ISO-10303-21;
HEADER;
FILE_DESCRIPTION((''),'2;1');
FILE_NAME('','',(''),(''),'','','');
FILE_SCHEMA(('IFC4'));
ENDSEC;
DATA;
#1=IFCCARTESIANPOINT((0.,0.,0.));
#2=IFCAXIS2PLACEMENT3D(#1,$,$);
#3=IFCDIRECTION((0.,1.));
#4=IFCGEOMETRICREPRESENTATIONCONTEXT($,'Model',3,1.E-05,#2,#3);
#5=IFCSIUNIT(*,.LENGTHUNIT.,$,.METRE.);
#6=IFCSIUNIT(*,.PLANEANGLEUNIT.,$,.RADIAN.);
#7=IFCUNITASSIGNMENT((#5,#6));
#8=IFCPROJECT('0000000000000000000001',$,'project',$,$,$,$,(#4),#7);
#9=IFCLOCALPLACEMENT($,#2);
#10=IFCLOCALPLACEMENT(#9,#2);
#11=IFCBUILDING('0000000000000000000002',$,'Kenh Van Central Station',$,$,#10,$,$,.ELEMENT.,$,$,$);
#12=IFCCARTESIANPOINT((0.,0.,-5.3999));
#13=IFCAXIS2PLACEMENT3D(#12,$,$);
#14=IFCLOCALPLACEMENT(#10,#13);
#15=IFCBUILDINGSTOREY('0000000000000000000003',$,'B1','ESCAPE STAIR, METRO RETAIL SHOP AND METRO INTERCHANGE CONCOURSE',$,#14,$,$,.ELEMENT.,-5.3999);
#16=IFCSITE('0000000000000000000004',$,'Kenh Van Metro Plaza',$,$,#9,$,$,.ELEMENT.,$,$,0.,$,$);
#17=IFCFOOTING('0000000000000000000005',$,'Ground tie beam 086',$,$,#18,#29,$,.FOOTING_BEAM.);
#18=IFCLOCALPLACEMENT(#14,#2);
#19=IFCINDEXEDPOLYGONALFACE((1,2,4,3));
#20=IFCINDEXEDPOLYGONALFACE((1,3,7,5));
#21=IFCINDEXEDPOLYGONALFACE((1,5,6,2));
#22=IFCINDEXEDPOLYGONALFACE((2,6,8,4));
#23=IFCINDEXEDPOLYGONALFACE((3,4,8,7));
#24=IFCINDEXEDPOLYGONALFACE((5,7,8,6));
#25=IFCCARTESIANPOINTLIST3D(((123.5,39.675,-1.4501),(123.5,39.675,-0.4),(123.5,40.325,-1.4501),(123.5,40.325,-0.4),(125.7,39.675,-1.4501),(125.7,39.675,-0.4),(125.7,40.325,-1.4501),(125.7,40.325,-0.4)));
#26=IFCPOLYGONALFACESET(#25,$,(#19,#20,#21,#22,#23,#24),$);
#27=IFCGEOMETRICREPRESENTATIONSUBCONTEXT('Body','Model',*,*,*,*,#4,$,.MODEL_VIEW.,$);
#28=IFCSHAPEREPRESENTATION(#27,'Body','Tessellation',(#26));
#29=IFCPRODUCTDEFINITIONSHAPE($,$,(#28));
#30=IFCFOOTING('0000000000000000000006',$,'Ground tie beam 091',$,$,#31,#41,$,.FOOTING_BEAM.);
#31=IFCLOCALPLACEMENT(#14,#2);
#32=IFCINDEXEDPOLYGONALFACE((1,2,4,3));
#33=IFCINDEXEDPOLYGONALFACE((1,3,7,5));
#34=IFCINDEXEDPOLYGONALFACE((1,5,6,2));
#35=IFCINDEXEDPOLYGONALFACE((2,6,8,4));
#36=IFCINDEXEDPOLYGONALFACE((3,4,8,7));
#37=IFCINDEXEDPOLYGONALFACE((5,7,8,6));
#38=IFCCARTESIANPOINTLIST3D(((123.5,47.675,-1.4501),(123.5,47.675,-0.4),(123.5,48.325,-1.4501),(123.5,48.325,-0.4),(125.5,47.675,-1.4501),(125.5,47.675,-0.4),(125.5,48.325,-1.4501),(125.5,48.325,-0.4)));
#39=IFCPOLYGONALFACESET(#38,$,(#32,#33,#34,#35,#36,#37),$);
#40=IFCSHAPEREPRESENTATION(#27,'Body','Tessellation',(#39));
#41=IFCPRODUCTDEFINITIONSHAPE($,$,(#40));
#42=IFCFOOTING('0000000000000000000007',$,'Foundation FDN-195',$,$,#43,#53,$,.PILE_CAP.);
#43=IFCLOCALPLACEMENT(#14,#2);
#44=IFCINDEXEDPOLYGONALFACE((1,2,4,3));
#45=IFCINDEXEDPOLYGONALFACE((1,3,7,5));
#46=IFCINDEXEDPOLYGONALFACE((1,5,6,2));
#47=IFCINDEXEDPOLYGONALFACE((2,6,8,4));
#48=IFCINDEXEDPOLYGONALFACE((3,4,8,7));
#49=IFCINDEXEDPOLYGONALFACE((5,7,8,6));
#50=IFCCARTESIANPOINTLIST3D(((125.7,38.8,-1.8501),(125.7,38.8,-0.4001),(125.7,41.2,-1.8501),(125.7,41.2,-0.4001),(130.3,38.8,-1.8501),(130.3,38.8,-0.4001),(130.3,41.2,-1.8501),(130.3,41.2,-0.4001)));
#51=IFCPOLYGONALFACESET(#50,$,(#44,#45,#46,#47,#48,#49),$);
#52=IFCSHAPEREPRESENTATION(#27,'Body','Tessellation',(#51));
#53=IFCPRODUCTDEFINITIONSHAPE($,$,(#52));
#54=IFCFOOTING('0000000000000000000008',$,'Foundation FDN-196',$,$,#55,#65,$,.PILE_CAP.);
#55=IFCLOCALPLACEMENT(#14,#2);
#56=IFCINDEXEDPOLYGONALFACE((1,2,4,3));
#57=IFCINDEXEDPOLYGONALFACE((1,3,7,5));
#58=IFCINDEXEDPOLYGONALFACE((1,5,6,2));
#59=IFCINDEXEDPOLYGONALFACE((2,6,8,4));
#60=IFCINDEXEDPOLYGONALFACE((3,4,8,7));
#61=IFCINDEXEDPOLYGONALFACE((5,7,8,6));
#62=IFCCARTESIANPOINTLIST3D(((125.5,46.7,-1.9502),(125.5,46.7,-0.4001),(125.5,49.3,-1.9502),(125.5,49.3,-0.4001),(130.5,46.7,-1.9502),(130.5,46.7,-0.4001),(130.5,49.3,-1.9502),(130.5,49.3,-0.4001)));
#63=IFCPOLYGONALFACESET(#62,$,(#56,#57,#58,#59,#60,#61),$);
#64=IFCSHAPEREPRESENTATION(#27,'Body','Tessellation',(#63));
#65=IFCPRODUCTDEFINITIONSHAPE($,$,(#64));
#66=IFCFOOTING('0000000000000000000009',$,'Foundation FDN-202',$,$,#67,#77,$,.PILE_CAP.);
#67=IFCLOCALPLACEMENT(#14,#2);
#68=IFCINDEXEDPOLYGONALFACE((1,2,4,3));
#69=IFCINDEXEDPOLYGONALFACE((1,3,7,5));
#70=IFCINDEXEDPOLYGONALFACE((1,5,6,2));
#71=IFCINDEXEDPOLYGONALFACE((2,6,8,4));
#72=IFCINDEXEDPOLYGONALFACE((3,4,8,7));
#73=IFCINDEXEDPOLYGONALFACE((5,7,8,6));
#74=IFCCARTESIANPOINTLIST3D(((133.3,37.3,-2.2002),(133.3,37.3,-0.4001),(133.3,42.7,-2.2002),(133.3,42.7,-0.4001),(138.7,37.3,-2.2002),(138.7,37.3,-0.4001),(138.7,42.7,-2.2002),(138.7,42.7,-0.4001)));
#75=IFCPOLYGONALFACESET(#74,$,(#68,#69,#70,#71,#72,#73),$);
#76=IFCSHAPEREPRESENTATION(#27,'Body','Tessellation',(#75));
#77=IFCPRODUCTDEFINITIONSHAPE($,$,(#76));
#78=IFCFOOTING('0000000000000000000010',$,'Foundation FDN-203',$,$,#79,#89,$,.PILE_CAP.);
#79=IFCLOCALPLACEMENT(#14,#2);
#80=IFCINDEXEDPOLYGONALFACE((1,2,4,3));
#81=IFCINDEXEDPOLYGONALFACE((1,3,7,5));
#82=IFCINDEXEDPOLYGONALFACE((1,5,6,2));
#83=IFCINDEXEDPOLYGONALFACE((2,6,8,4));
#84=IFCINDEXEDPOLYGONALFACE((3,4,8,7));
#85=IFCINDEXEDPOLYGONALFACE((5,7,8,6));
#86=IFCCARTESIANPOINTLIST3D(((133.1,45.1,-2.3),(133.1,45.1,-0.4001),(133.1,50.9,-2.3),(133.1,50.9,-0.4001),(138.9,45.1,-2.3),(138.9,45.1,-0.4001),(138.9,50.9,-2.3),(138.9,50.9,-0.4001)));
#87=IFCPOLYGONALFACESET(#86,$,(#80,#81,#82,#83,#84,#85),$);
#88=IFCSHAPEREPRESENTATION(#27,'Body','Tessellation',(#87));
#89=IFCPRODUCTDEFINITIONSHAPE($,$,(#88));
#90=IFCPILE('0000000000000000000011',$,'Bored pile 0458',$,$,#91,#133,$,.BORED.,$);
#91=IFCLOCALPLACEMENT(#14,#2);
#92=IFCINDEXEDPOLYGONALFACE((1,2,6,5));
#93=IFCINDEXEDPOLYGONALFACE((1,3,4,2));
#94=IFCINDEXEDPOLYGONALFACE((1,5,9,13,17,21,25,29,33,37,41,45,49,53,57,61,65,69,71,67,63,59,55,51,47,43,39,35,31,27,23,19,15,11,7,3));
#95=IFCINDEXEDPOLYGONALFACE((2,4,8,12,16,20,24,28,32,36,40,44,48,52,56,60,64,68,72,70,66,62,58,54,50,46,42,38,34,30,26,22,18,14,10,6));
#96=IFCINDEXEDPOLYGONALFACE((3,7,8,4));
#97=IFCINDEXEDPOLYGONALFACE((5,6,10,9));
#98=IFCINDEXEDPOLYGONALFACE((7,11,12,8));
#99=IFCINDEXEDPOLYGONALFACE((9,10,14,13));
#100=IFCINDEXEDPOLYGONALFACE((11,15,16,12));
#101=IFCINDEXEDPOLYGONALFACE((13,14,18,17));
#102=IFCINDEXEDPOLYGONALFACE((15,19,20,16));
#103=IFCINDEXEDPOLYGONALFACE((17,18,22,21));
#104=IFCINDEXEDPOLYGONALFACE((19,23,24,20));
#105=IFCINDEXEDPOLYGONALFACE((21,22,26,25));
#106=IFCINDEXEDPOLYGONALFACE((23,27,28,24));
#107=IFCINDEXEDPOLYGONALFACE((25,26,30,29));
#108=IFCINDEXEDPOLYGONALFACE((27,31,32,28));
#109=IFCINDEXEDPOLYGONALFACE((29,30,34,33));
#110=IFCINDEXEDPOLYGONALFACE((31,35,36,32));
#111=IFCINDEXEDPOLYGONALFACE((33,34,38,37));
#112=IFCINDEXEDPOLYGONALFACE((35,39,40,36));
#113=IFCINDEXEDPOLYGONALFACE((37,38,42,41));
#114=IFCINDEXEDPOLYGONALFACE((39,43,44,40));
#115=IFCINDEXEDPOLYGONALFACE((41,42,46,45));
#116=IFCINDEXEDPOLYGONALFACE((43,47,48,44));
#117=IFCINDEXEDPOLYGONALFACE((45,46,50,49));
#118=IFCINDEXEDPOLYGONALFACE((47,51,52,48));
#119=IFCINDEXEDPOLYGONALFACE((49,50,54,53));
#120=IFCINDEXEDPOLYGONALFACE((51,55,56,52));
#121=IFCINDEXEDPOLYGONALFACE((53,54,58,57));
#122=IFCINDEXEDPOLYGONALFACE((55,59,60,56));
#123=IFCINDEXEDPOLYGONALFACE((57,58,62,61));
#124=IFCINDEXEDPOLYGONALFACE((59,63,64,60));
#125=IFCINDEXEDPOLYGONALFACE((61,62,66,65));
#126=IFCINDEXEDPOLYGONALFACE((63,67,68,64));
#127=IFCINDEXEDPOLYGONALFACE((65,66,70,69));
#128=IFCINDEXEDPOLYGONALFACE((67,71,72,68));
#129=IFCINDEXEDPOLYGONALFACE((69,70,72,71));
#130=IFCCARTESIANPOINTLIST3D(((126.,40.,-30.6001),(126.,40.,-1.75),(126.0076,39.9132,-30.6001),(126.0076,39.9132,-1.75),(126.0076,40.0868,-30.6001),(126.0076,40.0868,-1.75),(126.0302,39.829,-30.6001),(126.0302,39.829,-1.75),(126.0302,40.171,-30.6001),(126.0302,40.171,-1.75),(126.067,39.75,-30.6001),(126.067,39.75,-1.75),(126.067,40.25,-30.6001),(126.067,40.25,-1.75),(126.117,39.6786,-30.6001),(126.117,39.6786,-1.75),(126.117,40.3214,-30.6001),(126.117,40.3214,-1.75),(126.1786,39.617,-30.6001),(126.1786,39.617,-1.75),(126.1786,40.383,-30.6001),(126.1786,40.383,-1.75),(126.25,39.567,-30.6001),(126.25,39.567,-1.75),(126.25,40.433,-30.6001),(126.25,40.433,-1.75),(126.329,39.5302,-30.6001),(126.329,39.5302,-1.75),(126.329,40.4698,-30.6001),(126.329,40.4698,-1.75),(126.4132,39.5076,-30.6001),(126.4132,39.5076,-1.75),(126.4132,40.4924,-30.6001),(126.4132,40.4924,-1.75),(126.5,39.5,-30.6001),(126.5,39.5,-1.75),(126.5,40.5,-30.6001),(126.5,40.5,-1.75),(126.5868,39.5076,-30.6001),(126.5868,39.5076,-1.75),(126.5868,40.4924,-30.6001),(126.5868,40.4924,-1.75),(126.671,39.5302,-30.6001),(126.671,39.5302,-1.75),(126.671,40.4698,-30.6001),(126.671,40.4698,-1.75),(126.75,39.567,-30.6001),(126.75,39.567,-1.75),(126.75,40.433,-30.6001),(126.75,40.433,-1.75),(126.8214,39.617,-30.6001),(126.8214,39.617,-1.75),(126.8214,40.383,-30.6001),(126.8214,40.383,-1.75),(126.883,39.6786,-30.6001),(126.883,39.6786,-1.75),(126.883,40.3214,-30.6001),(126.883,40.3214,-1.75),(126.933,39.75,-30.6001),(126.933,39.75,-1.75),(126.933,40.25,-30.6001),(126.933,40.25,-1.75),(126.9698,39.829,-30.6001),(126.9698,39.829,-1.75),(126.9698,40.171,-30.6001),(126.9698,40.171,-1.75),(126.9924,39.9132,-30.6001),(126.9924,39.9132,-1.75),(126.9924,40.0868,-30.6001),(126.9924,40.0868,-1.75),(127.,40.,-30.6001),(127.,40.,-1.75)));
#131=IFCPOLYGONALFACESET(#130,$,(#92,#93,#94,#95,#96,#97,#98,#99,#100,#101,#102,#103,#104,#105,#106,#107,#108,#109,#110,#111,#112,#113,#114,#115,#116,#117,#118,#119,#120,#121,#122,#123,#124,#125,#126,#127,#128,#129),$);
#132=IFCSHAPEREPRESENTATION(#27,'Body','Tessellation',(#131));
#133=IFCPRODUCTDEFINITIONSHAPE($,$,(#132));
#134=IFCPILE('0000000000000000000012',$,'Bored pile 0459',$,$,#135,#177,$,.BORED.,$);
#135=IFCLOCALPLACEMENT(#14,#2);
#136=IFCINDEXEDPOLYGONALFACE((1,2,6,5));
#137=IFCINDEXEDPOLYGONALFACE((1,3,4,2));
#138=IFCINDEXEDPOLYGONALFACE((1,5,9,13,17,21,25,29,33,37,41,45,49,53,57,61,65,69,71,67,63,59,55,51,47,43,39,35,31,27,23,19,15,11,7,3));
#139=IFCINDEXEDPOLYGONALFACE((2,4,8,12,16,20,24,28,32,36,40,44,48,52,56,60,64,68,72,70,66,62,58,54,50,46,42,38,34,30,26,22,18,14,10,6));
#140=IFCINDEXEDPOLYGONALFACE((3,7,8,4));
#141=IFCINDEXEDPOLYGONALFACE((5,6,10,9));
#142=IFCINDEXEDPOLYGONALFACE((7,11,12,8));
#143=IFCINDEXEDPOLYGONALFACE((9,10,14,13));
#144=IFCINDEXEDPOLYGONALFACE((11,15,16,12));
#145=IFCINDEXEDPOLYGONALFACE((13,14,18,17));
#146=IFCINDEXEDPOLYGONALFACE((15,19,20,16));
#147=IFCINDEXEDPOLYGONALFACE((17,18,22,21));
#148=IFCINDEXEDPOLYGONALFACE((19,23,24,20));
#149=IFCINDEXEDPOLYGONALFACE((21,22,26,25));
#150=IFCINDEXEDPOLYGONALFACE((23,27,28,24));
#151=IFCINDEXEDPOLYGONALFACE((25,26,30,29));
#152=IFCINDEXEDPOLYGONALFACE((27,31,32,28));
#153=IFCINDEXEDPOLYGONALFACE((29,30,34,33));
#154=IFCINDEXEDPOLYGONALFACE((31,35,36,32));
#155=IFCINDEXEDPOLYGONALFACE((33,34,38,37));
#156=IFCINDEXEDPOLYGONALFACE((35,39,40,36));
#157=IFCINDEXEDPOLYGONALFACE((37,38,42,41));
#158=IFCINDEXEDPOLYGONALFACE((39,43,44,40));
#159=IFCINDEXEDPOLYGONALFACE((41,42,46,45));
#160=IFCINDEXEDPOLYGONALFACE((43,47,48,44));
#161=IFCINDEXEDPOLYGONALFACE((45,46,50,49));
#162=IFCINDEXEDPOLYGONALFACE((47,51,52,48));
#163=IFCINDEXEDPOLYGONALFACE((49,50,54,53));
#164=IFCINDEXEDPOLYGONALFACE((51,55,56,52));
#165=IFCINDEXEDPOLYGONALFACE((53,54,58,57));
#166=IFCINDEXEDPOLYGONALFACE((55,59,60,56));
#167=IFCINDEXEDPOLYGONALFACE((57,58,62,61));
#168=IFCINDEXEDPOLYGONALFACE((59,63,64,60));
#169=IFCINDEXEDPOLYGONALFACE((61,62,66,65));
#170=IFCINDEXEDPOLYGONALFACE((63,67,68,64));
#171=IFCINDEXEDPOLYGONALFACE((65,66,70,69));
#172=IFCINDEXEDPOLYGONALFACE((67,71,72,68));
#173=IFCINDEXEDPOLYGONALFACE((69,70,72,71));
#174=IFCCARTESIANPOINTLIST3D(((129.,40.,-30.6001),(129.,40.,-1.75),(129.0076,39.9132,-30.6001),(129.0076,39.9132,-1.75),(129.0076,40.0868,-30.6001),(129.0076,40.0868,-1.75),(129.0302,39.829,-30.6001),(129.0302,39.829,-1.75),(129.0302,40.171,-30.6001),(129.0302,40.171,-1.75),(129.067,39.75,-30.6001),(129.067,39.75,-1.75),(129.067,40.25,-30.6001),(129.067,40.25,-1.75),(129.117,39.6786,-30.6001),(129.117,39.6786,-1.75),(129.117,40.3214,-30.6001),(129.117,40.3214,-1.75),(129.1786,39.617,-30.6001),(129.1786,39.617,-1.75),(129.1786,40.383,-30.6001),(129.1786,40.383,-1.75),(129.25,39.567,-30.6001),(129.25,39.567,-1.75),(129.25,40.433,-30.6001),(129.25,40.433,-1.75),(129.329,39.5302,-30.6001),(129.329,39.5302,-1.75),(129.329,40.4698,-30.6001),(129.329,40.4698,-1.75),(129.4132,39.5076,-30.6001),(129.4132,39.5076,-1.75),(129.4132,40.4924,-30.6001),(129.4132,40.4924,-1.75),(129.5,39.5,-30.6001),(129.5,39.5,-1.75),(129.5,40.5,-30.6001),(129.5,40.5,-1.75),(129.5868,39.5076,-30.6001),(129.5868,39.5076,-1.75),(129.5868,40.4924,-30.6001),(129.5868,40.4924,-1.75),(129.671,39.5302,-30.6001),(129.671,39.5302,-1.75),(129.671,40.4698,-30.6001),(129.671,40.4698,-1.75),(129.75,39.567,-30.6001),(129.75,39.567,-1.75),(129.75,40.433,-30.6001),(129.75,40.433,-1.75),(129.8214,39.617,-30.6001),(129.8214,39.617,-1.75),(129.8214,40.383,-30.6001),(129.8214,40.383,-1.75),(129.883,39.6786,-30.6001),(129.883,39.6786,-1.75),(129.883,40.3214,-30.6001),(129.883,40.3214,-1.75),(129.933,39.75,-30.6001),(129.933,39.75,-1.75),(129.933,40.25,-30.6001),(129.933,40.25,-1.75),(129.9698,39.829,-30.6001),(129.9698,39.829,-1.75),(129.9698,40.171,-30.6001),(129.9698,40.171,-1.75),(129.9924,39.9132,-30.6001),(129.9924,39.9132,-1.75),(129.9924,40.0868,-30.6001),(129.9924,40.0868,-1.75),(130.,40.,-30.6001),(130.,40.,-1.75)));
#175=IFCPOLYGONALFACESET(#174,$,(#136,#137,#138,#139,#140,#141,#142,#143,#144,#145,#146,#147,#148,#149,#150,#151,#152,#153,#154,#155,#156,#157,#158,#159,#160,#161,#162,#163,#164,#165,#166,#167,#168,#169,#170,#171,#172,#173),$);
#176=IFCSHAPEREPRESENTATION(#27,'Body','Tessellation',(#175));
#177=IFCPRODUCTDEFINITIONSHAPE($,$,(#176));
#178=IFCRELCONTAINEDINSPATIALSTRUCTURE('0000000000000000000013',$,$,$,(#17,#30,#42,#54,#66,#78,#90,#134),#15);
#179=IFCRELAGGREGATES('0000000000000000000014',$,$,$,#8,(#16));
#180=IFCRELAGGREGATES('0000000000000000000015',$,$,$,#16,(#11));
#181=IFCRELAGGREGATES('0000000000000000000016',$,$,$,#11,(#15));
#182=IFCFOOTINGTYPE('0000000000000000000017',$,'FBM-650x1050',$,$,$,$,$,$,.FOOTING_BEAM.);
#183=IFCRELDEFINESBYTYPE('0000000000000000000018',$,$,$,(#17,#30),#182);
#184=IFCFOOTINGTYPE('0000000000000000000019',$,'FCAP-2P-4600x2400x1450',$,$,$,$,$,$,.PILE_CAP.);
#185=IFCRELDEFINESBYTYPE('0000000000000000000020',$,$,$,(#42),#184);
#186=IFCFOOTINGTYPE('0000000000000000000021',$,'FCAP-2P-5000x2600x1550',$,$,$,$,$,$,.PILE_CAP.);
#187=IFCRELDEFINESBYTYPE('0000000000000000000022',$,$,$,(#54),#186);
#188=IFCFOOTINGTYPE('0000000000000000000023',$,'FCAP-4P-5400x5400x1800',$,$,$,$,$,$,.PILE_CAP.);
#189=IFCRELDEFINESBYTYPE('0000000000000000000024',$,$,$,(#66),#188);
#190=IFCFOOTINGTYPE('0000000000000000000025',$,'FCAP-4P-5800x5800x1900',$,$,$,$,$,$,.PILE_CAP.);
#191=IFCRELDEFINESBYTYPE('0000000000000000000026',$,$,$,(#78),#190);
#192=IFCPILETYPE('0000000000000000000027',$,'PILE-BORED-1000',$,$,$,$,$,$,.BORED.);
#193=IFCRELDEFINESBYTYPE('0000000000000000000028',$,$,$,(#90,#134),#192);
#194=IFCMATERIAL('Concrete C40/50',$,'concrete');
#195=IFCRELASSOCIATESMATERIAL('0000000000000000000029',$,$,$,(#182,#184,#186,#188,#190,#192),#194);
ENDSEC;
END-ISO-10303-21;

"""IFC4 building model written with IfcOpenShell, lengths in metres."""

from ifc_helpers import new_model, si_unit, direction, frame, origin, origin_2d, place, context, subcontext, project, spatial, rectangle, circle, extrude, material, material_profile, profile_set, type_object, element, save


model = new_model("IFC4")

# Units and contexts
model_context = context("Model", 3, precision=1e-05, world=origin(), true_north=direction((0.0, 1.0)))
body_context = subcontext(model_context, "Body", "Model", "MODEL_VIEW")
ifc_project = project(units=[si_unit("LENGTHUNIT", "METRE"), si_unit("PLANEANGLEUNIT", "RADIAN")], contexts=[model_context])

# Site, building, storey
site_placement = place(None, origin())
site = spatial("IfcSite", under=ifc_project, at=site_placement, Name="Kenh Van Metro Plaza", CompositionType="ELEMENT", RefElevation=0.0)
building_placement = place(site_placement, origin())
building = spatial("IfcBuilding", under=site, at=building_placement, Name="Kenh Van Central Station", CompositionType="ELEMENT")
storey_placement = place(building_placement, frame((0.0, 0.0, -5.3999)))
storey = spatial("IfcBuildingStorey", under=building, at=storey_placement, Name="B1", Description="ESCAPE STAIR, METRO RETAIL SHOP AND METRO INTERCHANGE CONCOURSE", CompositionType="ELEMENT", Elevation=-5.3999)

# Footings
ifc_material_1 = material(Name="Concrete C40/50", Category="concrete")
ifc_material_profile_1 = material_profile(ifc_material_1, rectangle(XDim=0.6499, YDim=1.05, at=origin_2d()), Name="RC 650x1050")
ifc_profile_set_1 = profile_set([ifc_material_profile_1], Name="Concrete C40/50")
footing_type_1 = type_object("IfcFootingType", Name="FBM-650x1050", PredefinedType="FOOTING_BEAM", material=ifc_profile_set_1)
footing_1_placement = place(storey_placement, frame((123.5, 40.0, -0.925), z_axis=(1.0, 0.0, 0.0), x_axis=(0.0, 1.0, 0.0)))
element("IfcFooting", 1, at=footing_1_placement, inside=storey, type_object=footing_type_1, Name="Ground tie beam 086", PredefinedType="FOOTING_BEAM", context=body_context, shape_type="SweptSolid", body=[
    extrude(rectangle(XDim=0.6499, YDim=1.05, at=origin_2d()), origin(), (0.0, 0.0, 1.0), 2.2),
])
footing_2_placement = place(storey_placement, frame((123.5, 48.0, -0.925), z_axis=(1.0, 0.0, 0.0), x_axis=(0.0, 1.0, 0.0)))
element("IfcFooting", 2, at=footing_2_placement, inside=storey, type_object=footing_type_1, Name="Ground tie beam 091", PredefinedType="FOOTING_BEAM", context=body_context, shape_type="SweptSolid", body=[
    extrude(rectangle(XDim=0.6499, YDim=1.05, at=origin_2d()), origin(), (0.0, 0.0, 1.0), 2.0),
])
footing_type_2 = type_object("IfcFootingType", Name="FCAP-2P-4600x2400x1450", PredefinedType="PILE_CAP", material=ifc_material_1)
footing_3_placement = place(storey_placement, frame((128.0, 40.0, -1.8501), z_axis=(0.0, 0.0, 1.0), x_axis=(1.0, 0.0, 0.0)))
element("IfcFooting", 3, at=footing_3_placement, inside=storey, type_object=footing_type_2, Name="Foundation FDN-195", PredefinedType="PILE_CAP", context=body_context, shape_type="SweptSolid", body=[
    extrude(rectangle(XDim=4.6001, YDim=2.3999, at=origin_2d()), origin(), (0.0, 0.0, 1.0), 1.45),
])
footing_type_3 = type_object("IfcFootingType", Name="FCAP-2P-5000x2600x1550", PredefinedType="PILE_CAP", material=ifc_material_1)
footing_4_placement = place(storey_placement, frame((128.0, 48.0, -1.9502), z_axis=(0.0, 0.0, 1.0), x_axis=(1.0, 0.0, 0.0)))
element("IfcFooting", 4, at=footing_4_placement, inside=storey, type_object=footing_type_3, Name="Foundation FDN-196", PredefinedType="PILE_CAP", context=body_context, shape_type="SweptSolid", body=[
    extrude(rectangle(XDim=5.0, YDim=2.6001, at=origin_2d()), origin(), (0.0, 0.0, 1.0), 1.55),
])
footing_type_4 = type_object("IfcFootingType", Name="FCAP-4P-5400x5400x1800", PredefinedType="PILE_CAP", material=ifc_material_1)
footing_5_placement = place(storey_placement, frame((136.0, 40.0, -2.2002), z_axis=(0.0, 0.0, 1.0), x_axis=(1.0, 0.0, 0.0)))
element("IfcFooting", 5, at=footing_5_placement, inside=storey, type_object=footing_type_4, Name="Foundation FDN-202", PredefinedType="PILE_CAP", context=body_context, shape_type="SweptSolid", body=[
    extrude(rectangle(XDim=5.3999, YDim=5.3999, at=origin_2d()), origin(), (0.0, 0.0, 1.0), 1.8),
])
footing_type_5 = type_object("IfcFootingType", Name="FCAP-4P-5800x5800x1900", PredefinedType="PILE_CAP", material=ifc_material_1)
footing_6_placement = place(storey_placement, frame((136.0, 48.0, -2.3), z_axis=(0.0, 0.0, 1.0), x_axis=(1.0, 0.0, 0.0)))
element("IfcFooting", 6, at=footing_6_placement, inside=storey, type_object=footing_type_5, Name="Foundation FDN-203", PredefinedType="PILE_CAP", context=body_context, shape_type="SweptSolid", body=[
    extrude(rectangle(XDim=5.8, YDim=5.8, at=origin_2d()), origin(), (0.0, 0.0, 1.0), 1.8999),
])

# Piles
ifc_material_profile_2 = material_profile(ifc_material_1, circle(Radius=0.5, at=origin_2d()), Name="PILE D1000")
ifc_profile_set_2 = profile_set([ifc_material_profile_2], Name="Concrete C40/50")
pile_type_1 = type_object("IfcPileType", Name="PILE-BORED-1000", PredefinedType="BORED", material=ifc_profile_set_2)
for number, where, z_axis, x_axis, name in (
    (7, (126.5, 40.0, -1.75), (0.0, 0.0, -1.0), (1.0, 0.0, 0.0), "Bored pile 0458"),
    (8, (129.5, 40.0, -1.75), (0.0, 0.0, -1.0), (1.0, 0.0, 0.0), "Bored pile 0459"),
):
    element("IfcPile", number, at=place(storey_placement, frame(where, z_axis=z_axis, x_axis=x_axis)), inside=storey, type_object=pile_type_1, Name=name, PredefinedType="BORED", context=body_context, shape_type="SweptSolid", body=[
        extrude(circle(Radius=0.5, at=origin_2d()), origin(), (0.0, 0.0, 1.0), 28.8501),
    ])

save(model, "model.ifc")
